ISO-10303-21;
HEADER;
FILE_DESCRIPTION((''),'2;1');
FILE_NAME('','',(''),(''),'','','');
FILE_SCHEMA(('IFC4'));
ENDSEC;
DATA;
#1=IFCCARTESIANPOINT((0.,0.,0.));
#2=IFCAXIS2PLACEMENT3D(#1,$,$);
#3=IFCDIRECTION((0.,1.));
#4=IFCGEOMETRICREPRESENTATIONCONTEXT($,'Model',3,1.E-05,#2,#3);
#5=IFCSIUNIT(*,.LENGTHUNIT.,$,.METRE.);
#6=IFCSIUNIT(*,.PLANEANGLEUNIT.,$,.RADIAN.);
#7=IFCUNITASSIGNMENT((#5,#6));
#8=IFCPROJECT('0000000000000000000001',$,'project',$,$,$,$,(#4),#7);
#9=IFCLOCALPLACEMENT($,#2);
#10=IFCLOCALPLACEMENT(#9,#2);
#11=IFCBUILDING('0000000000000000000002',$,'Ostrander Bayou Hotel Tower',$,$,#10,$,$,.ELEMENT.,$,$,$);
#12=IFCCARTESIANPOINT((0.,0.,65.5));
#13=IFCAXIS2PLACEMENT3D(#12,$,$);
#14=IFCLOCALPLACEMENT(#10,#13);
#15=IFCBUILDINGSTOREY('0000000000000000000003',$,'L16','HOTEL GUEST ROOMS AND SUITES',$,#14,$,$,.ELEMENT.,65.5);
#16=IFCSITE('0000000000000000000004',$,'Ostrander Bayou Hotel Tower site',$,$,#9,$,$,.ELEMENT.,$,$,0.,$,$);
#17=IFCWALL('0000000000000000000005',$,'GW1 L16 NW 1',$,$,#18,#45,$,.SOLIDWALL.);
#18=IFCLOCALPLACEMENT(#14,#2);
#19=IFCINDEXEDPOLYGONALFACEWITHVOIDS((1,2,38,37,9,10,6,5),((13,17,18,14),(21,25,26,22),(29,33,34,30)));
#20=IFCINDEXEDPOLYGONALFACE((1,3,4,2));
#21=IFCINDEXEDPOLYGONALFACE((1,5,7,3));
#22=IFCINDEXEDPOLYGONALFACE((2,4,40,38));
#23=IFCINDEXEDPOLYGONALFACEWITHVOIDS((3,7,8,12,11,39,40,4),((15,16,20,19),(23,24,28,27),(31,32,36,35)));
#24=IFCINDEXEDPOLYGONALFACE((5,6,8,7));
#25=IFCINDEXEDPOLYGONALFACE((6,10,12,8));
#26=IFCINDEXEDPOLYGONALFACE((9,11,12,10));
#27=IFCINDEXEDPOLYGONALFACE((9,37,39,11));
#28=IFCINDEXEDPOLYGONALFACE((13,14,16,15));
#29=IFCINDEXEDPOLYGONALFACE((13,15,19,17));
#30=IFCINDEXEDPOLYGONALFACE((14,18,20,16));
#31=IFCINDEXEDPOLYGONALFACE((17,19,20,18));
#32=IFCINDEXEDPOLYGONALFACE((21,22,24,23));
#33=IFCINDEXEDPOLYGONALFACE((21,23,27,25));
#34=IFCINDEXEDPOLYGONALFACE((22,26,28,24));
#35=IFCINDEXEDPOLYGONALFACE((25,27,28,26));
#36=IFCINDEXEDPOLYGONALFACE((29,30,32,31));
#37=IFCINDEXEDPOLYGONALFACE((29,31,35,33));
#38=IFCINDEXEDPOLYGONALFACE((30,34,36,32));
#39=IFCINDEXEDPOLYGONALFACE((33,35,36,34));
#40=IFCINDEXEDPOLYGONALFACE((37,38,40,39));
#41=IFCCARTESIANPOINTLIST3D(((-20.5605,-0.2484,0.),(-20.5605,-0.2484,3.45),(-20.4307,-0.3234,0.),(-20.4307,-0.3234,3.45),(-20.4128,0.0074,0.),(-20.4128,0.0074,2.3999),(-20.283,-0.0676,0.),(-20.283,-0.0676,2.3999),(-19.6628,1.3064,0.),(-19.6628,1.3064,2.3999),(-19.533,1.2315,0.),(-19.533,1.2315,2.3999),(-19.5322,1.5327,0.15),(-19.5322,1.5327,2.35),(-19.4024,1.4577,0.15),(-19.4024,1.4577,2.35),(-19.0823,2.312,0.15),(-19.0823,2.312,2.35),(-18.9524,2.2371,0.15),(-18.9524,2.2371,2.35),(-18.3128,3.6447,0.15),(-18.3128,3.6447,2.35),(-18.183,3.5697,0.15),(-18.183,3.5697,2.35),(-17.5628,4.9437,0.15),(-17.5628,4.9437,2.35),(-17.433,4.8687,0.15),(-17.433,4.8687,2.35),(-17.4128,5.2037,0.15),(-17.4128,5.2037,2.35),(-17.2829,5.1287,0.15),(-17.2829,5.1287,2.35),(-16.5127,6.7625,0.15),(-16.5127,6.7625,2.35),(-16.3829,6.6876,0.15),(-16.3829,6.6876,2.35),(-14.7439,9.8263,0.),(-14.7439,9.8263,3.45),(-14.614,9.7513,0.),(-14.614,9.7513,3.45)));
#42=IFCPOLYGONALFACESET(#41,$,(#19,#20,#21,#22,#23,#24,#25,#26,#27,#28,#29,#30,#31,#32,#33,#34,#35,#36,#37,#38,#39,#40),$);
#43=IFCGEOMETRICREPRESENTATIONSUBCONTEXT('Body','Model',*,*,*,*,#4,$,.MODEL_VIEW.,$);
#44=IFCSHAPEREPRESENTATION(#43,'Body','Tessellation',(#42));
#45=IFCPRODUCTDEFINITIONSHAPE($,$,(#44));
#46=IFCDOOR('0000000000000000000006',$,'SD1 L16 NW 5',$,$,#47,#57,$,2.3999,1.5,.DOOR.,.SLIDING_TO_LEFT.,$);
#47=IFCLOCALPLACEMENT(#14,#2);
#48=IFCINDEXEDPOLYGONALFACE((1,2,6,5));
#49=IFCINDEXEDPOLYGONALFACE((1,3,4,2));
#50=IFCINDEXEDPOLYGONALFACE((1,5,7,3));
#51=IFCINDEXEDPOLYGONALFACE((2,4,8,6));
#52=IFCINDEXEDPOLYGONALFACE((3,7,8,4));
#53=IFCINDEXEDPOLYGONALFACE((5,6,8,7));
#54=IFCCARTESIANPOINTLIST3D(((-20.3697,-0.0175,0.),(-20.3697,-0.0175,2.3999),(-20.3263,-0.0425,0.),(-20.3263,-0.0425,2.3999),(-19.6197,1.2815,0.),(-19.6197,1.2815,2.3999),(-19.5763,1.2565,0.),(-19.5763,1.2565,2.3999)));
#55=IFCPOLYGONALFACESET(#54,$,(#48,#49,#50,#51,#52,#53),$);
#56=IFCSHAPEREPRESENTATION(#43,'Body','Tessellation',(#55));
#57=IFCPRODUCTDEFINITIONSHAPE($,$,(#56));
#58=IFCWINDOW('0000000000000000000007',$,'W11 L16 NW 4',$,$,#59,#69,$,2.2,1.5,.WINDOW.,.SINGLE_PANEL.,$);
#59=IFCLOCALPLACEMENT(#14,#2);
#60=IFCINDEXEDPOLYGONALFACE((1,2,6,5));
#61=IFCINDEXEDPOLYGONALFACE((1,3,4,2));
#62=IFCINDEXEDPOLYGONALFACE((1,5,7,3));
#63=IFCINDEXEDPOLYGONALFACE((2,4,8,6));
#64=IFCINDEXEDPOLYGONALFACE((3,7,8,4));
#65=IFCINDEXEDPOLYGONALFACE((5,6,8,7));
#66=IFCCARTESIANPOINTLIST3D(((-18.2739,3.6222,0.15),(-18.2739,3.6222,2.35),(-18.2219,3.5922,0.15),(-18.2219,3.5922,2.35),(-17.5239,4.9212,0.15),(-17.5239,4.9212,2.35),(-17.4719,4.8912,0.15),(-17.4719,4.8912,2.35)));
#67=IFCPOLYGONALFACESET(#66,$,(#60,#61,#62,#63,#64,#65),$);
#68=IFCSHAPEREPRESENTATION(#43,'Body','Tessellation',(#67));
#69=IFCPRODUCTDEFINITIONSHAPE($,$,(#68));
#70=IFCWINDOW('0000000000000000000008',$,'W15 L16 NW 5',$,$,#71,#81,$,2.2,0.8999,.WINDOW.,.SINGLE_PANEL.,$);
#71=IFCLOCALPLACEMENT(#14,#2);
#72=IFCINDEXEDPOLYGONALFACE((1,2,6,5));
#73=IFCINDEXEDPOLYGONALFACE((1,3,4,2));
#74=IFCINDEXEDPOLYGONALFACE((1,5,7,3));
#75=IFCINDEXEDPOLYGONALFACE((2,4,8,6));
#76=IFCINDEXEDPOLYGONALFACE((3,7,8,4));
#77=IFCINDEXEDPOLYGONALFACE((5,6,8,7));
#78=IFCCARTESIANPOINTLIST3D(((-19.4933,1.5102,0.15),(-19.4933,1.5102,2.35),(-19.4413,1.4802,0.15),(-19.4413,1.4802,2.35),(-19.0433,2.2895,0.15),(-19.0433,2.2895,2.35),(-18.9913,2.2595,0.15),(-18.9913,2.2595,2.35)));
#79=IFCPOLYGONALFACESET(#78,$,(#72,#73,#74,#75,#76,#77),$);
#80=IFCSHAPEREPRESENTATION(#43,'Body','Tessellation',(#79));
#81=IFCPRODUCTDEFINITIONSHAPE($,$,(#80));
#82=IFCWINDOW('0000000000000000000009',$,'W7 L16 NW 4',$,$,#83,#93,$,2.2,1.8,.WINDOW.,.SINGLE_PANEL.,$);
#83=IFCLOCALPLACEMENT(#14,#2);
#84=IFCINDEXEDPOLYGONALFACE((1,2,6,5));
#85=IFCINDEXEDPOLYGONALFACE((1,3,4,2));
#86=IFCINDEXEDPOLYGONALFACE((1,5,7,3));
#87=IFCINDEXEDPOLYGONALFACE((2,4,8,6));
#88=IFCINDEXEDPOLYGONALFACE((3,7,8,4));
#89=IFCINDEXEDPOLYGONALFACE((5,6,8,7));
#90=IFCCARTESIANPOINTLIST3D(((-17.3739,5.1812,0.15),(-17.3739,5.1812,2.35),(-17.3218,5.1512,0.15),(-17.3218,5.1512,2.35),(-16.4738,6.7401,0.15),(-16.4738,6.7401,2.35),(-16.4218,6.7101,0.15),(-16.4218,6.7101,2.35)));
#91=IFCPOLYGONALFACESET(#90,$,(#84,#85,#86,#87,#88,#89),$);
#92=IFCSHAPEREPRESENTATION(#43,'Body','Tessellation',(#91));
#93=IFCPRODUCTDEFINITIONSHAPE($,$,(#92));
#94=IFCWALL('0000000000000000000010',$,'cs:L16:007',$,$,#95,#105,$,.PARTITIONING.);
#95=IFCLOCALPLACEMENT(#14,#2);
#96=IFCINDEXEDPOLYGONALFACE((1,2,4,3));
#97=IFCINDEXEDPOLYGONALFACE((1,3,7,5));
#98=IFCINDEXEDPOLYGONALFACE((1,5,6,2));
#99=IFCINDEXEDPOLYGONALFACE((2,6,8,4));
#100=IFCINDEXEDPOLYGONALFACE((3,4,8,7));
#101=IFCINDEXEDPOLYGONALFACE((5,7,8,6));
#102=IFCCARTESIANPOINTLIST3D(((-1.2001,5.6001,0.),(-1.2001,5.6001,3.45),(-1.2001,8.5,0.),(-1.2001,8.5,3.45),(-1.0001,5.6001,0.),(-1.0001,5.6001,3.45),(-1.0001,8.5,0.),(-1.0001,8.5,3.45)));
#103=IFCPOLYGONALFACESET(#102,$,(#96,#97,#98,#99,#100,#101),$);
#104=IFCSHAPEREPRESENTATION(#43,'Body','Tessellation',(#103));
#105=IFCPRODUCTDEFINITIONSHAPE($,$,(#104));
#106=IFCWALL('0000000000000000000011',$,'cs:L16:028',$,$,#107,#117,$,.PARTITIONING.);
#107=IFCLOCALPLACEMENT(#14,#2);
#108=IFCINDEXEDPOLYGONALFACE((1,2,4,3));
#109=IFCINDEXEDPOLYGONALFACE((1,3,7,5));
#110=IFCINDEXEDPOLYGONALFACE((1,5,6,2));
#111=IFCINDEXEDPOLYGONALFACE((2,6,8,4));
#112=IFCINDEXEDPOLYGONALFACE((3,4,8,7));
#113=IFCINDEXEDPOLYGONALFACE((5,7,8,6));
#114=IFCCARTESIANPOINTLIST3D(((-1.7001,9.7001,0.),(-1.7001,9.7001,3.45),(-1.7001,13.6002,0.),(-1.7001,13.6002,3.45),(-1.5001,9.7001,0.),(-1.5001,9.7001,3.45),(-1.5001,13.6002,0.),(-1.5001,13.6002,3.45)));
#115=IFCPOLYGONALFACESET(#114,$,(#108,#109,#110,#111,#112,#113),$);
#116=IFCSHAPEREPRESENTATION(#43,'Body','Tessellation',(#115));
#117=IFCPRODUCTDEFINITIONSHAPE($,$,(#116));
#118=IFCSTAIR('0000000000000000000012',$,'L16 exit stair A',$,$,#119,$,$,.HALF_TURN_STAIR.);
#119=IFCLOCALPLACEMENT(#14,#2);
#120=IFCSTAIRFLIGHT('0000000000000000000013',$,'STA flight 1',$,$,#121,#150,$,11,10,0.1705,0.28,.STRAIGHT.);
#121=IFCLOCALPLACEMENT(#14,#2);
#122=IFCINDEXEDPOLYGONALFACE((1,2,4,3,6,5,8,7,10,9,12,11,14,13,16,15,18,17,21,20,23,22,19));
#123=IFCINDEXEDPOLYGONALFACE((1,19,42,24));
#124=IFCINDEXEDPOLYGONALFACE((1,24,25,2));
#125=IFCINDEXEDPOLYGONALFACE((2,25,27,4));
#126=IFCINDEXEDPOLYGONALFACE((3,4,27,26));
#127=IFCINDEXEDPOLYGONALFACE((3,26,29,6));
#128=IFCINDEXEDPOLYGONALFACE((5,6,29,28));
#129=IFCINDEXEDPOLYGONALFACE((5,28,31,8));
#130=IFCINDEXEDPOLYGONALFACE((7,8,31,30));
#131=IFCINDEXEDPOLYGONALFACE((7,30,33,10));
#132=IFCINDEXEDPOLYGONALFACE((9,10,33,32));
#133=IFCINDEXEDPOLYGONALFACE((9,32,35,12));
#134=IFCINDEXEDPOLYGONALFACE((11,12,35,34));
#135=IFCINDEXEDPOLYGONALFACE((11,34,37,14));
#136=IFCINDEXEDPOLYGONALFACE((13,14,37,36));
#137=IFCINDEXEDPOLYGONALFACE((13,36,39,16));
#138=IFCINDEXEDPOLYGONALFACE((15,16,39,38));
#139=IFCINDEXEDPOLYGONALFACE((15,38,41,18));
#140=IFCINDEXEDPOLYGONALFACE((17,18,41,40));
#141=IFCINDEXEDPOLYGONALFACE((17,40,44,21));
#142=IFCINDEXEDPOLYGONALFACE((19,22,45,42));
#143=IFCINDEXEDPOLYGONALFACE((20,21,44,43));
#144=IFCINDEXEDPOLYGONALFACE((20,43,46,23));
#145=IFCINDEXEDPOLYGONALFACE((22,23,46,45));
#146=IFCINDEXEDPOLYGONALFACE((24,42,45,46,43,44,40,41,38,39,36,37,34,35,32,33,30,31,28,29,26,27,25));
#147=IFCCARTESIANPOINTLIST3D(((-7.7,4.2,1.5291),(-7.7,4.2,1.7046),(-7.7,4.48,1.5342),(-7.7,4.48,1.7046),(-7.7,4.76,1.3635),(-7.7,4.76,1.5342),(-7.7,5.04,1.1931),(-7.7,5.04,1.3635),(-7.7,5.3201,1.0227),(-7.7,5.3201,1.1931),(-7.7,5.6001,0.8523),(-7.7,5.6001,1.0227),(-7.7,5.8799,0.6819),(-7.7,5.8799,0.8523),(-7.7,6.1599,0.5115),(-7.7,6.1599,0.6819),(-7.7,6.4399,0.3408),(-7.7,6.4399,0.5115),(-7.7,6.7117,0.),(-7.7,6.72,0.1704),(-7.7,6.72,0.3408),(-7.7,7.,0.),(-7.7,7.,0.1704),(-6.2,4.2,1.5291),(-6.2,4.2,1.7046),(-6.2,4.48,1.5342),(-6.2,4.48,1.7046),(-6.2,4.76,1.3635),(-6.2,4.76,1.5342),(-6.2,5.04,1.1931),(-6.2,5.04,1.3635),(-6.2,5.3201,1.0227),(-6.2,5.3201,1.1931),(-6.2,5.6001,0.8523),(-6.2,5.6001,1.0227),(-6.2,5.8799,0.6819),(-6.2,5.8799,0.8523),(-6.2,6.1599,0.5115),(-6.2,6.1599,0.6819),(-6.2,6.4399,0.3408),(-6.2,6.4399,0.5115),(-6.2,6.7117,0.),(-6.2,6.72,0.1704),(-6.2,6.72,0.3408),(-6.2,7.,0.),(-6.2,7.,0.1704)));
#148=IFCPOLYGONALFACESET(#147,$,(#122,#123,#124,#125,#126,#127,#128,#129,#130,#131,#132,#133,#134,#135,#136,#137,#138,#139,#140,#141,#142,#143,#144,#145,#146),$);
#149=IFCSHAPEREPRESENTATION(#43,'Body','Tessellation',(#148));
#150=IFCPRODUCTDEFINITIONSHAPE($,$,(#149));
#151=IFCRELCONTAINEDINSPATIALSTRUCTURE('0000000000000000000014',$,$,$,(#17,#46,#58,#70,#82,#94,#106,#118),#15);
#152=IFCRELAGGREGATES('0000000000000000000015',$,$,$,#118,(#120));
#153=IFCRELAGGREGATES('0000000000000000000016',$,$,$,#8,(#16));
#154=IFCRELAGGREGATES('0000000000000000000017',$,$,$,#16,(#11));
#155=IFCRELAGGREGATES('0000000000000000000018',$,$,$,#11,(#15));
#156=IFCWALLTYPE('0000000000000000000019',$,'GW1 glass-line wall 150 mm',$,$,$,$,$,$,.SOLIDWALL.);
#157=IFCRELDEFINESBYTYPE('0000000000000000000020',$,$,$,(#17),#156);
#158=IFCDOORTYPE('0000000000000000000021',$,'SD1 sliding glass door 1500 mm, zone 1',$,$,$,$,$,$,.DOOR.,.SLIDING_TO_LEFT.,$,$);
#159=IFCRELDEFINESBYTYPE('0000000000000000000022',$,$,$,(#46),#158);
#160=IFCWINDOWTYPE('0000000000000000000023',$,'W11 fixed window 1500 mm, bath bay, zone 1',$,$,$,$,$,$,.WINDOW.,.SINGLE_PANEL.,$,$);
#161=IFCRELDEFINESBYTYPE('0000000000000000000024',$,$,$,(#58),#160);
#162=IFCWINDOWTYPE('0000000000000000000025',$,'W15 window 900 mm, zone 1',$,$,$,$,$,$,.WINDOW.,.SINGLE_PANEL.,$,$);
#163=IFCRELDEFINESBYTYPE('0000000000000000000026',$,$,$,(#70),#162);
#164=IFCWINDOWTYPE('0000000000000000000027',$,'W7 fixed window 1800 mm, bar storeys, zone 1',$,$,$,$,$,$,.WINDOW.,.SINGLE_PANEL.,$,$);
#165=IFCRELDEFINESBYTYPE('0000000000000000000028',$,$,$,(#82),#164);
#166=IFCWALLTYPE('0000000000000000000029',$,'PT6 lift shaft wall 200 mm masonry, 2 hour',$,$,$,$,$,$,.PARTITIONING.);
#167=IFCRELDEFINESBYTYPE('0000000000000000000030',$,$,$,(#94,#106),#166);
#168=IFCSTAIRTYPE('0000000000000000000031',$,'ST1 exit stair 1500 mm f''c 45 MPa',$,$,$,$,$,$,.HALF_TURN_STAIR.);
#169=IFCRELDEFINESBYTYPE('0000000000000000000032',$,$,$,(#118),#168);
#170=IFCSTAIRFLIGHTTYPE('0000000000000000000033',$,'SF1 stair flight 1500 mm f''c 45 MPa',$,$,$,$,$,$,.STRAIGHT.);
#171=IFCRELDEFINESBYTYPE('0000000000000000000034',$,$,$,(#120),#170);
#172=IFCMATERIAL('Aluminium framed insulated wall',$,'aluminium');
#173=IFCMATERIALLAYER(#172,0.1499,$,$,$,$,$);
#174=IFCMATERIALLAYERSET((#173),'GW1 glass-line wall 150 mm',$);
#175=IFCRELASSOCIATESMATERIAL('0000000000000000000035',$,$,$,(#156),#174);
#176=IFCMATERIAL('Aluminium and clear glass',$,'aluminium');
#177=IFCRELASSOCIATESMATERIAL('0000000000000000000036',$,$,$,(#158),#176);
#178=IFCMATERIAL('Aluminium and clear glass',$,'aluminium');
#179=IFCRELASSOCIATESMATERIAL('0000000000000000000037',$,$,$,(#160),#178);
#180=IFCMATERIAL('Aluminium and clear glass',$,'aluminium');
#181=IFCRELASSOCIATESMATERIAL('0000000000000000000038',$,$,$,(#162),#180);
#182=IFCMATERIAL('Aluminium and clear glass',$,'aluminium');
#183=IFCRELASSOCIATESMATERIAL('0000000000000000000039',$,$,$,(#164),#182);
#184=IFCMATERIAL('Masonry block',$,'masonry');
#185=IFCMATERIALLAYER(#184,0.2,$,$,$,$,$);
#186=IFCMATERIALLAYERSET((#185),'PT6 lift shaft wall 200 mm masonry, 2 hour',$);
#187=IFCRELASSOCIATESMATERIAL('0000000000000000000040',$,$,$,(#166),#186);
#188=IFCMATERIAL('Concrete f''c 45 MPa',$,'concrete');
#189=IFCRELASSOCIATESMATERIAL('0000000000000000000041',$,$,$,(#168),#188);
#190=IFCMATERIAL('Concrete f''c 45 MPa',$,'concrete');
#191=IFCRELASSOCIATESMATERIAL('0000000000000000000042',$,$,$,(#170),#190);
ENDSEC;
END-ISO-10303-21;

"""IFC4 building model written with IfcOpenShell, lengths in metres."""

from ifc_helpers import new_model, si_unit, direction, frame, frame_2d, origin, place, context, subcontext, project, spatial, polyline, rectangle, outline, extrude, material, layer, layer_set, type_object, element, fill, aggregate, save


model = new_model("IFC4")

# Units and contexts
model_context = context("Model", 3, precision=1e-05, world=origin(), true_north=direction((0.0, 1.0)))
body_context = subcontext(model_context, "Body", "Model", "MODEL_VIEW")
ifc_project = project(units=[si_unit("LENGTHUNIT", "METRE"), si_unit("PLANEANGLEUNIT", "RADIAN")], contexts=[model_context])

# Site, building, storey
site_placement = place(None, origin())
site = spatial("IfcSite", under=ifc_project, at=site_placement, Name="Ostrander Bayou Hotel Tower site", CompositionType="ELEMENT", RefElevation=0.0)
building_placement = place(site_placement, origin())
building = spatial("IfcBuilding", under=site, at=building_placement, Name="Ostrander Bayou Hotel Tower", CompositionType="ELEMENT")
storey_placement = place(building_placement, frame((0.0, 0.0, 65.5)))
storey = spatial("IfcBuildingStorey", under=building, at=storey_placement, Name="L16", Description="HOTEL GUEST ROOMS AND SUITES", CompositionType="ELEMENT", Elevation=65.5)

# Wall, openings, door, windows
ifc_material_1 = material(Name="Aluminium framed insulated wall", Category="aluminium")
ifc_layer_1 = layer(ifc_material_1, 0.1499)
ifc_layer_set_1 = layer_set([ifc_layer_1], Name="GW1 glass-line wall 150 mm")
wall_type_1 = type_object("IfcWallType", Name="GW1 glass-line wall 150 mm", PredefinedType="SOLIDWALL", material=ifc_layer_set_1)
wall_1_placement = place(storey_placement, frame((-14.679, 9.7888, 0.0), z_axis=(0.0, 0.0, 1.0), x_axis=(-0.500001, -0.866025, 0.0)))
wall_1 = element("IfcWall", 1, at=wall_1_placement, inside=storey, type_object=wall_type_1, Name="GW1 L16 NW 1", PredefinedType="SOLIDWALL", context=body_context, shape_type="SweptSolid", body=[
    extrude(rectangle(XDim=11.6333, YDim=0.1499, at=frame_2d((5.8167, 0.0))), origin(), (0.0, 0.0, 1.0), 3.45),
])
opening_1_placement = place(wall_1_placement, frame((3.5378, 0.0, 0.1499)))
opening_1 = element("IfcOpeningElement", 2, at=opening_1_placement, cuts=wall_1, PredefinedType="OPENING", context=body_context, shape_type="SweptSolid", body=[
    extrude(rectangle(XDim=1.8, YDim=2.2, at=frame_2d((0.8999, 1.1001))), frame((0.0, 0.075, 0.0), z_axis=(0.0, -1.0, 0.0), x_axis=(1.0, 0.0, 0.0)), (0.0, 0.0, 1.0), 0.1499),
])
opening_2_placement = place(wall_1_placement, frame((5.6379, 0.0, 0.1499)))
opening_2 = element("IfcOpeningElement", 3, at=opening_2_placement, cuts=wall_1, PredefinedType="OPENING", context=body_context, shape_type="SweptSolid", body=[
    extrude(rectangle(XDim=1.5, YDim=2.2, at=frame_2d((0.75, 1.1001))), frame((0.0, 0.075, 0.0), z_axis=(0.0, -1.0, 0.0), x_axis=(1.0, 0.0, 0.0)), (0.0, 0.0, 1.0), 0.1499),
])
opening_3_placement = place(wall_1_placement, frame((8.6768, 0.0, 0.1499)))
opening_3 = element("IfcOpeningElement", 4, at=opening_3_placement, cuts=wall_1, PredefinedType="OPENING", context=body_context, shape_type="SweptSolid", body=[
    extrude(rectangle(XDim=0.8999, YDim=2.2, at=frame_2d((0.45, 1.1001))), frame((0.0, 0.075, 0.0), z_axis=(0.0, -1.0, 0.0), x_axis=(1.0, 0.0, 0.0)), (0.0, 0.0, 1.0), 0.1499),
])
opening_4_placement = place(wall_1_placement, frame((9.8379, 0.0, 0.0)))
opening_4 = element("IfcOpeningElement", 5, at=opening_4_placement, cuts=wall_1, PredefinedType="OPENING", context=body_context, shape_type="SweptSolid", body=[
    extrude(rectangle(XDim=1.5, YDim=2.3999, at=frame_2d((0.75, 1.2))), frame((0.0, 0.075, 0.0), z_axis=(0.0, -1.0, 0.0), x_axis=(1.0, 0.0, 0.0)), (0.0, 0.0, 1.0), 0.1499),
])
ifc_material_2 = material(Name="Aluminium and clear glass", Category="aluminium")
door_type_1 = type_object("IfcDoorType", Name="SD1 sliding glass door 1500 mm, zone 1", OperationType="SLIDING_TO_LEFT", PredefinedType="DOOR", material=ifc_material_2)
door_1_placement = place(opening_4_placement, origin())
door_1 = element("IfcDoor", 6, at=door_1_placement, inside=storey, type_object=door_type_1, Name="SD1 L16 NW 5", OperationType="SLIDING_TO_LEFT", OverallHeight=2.3999, OverallWidth=1.5, PredefinedType="DOOR", context=body_context, shape_type="SweptSolid", body=[
    extrude(rectangle(XDim=1.5, YDim=2.3999, at=frame_2d((0.75, 1.2))), frame((0.0, 0.0249, 0.0), z_axis=(0.0, -1.0, 0.0), x_axis=(1.0, 0.0, 0.0)), (0.0, 0.0, 1.0), 0.05),
])
fill(opening_4, door_1)
ifc_material_3 = material(Name="Aluminium and clear glass", Category="aluminium")
window_type_1 = type_object("IfcWindowType", Name="W11 fixed window 1500 mm, bath bay, zone 1", PartitioningType="SINGLE_PANEL", PredefinedType="WINDOW", material=ifc_material_3)
window_1_placement = place(opening_2_placement, origin())
window_1 = element("IfcWindow", 7, at=window_1_placement, inside=storey, type_object=window_type_1, Name="W11 L16 NW 4", OverallHeight=2.2, OverallWidth=1.5, PartitioningType="SINGLE_PANEL", PredefinedType="WINDOW", context=body_context, shape_type="SweptSolid", body=[
    extrude(rectangle(XDim=1.5, YDim=2.2, at=frame_2d((0.75, 1.1001))), frame((0.0, 0.03, 0.0), z_axis=(0.0, -1.0, 0.0), x_axis=(1.0, 0.0, 0.0)), (0.0, 0.0, 1.0), 0.0601),
])
fill(opening_2, window_1)
ifc_material_4 = material(Name="Aluminium and clear glass", Category="aluminium")
window_type_2 = type_object("IfcWindowType", Name="W15 window 900 mm, zone 1", PartitioningType="SINGLE_PANEL", PredefinedType="WINDOW", material=ifc_material_4)
window_2_placement = place(opening_3_placement, origin())
window_2 = element("IfcWindow", 8, at=window_2_placement, inside=storey, type_object=window_type_2, Name="W15 L16 NW 5", OverallHeight=2.2, OverallWidth=0.8999, PartitioningType="SINGLE_PANEL", PredefinedType="WINDOW", context=body_context, shape_type="SweptSolid", body=[
    extrude(rectangle(XDim=0.8999, YDim=2.2, at=frame_2d((0.45, 1.1001))), frame((0.0, 0.03, 0.0), z_axis=(0.0, -1.0, 0.0), x_axis=(1.0, 0.0, 0.0)), (0.0, 0.0, 1.0), 0.0601),
])
fill(opening_3, window_2)
ifc_material_5 = material(Name="Aluminium and clear glass", Category="aluminium")
window_type_3 = type_object("IfcWindowType", Name="W7 fixed window 1800 mm, bar storeys, zone 1", PartitioningType="SINGLE_PANEL", PredefinedType="WINDOW", material=ifc_material_5)
window_3_placement = place(opening_1_placement, origin())
window_3 = element("IfcWindow", 9, at=window_3_placement, inside=storey, type_object=window_type_3, Name="W7 L16 NW 4", OverallHeight=2.2, OverallWidth=1.8, PartitioningType="SINGLE_PANEL", PredefinedType="WINDOW", context=body_context, shape_type="SweptSolid", body=[
    extrude(rectangle(XDim=1.8, YDim=2.2, at=frame_2d((0.8999, 1.1001))), frame((0.0, 0.03, 0.0), z_axis=(0.0, -1.0, 0.0), x_axis=(1.0, 0.0, 0.0)), (0.0, 0.0, 1.0), 0.0601),
])
fill(opening_1, window_3)

# Walls
ifc_material_6 = material(Name="Masonry block", Category="masonry")
ifc_layer_2 = layer(ifc_material_6, 0.2)
ifc_layer_set_2 = layer_set([ifc_layer_2], Name="PT6 lift shaft wall 200 mm masonry, 2 hour")
wall_type_2 = type_object("IfcWallType", Name="PT6 lift shaft wall 200 mm masonry, 2 hour", PredefinedType="PARTITIONING", material=ifc_layer_set_2)
wall_2_placement = place(storey_placement, frame((-1.1001, 5.6001, 0.0), z_axis=(0.0, 0.0, 1.0), x_axis=(0.0, 1.0, 0.0)))
element("IfcWall", 10, at=wall_2_placement, inside=storey, type_object=wall_type_2, Name="cs:L16:007", PredefinedType="PARTITIONING", context=body_context, shape_type="SweptSolid", body=[
    extrude(rectangle(XDim=2.8999, YDim=0.2, at=frame_2d((1.45, 0.0))), origin(), (0.0, 0.0, 1.0), 3.45),
])
wall_3_placement = place(storey_placement, frame((-1.6001, 9.7, 0.0), z_axis=(0.0, 0.0, 1.0), x_axis=(0.0, 1.0, 0.0)))
element("IfcWall", 11, at=wall_3_placement, inside=storey, type_object=wall_type_2, Name="cs:L16:028", PredefinedType="PARTITIONING", context=body_context, shape_type="SweptSolid", body=[
    extrude(rectangle(XDim=3.9001, YDim=0.2, at=frame_2d((1.9502, 0.0))), origin(), (0.0, 0.0, 1.0), 3.45),
])

# Stair, stair flight
ifc_material_7 = material(Name="Concrete f'c 45 MPa", Category="concrete")
stair_type = type_object("IfcStairType", Name="ST1 exit stair 1500 mm f'c 45 MPa", PredefinedType="HALF_TURN_STAIR", material=ifc_material_7)
stair_placement = place(storey_placement, origin())
stair = element("IfcStair", 12, at=stair_placement, inside=storey, type_object=stair_type, Name="L16 exit stair A", PredefinedType="HALF_TURN_STAIR")
ifc_material_8 = material(Name="Concrete f'c 45 MPa", Category="concrete")
stair_flight_type = type_object("IfcStairFlightType", Name="SF1 stair flight 1500 mm f'c 45 MPa", PredefinedType="STRAIGHT", material=ifc_material_8)
stair_flight_placement = place(storey_placement, frame((-6.95, 7.0, 0.0), z_axis=(0.0, 0.0, 1.0), x_axis=(0.0, -1.0, 0.0)))
stair_flight = element("IfcStairFlight", 13, at=stair_flight_placement, type_object=stair_flight_type, Name="STA flight 1", NumberOfRisers=11, NumberOfTreads=10, PredefinedType="STRAIGHT", RiserHeight=0.1705, TreadLength=0.28, context=body_context, shape_type="SweptSolid", body=[
    extrude(outline(polyline([(0.0, 0.0), (0.0, 0.1704), (0.28, 0.1704), (0.28, 0.3408), (0.5601, 0.3408), (0.5601, 0.5115), (0.8401, 0.5115), (0.8401, 0.6819), (1.1201, 0.6819), (1.1201, 0.8523), (1.3999, 0.8523), (1.3999, 1.0227), (1.6799, 1.0227), (1.6799, 1.1931), (1.96, 1.1931), (1.96, 1.3635), (2.24, 1.3635), (2.24, 1.5342), (2.52, 1.5342), (2.52, 1.7046), (2.8, 1.7046), (2.8, 1.875), (2.8, 1.5291), (0.2883, 0.0), (0.0, 0.0)])), frame((0.0, 0.75, 0.0), z_axis=(0.0, -1.0, 0.0), x_axis=(1.0, 0.0, 0.0)), (0.0, 0.0, 1.0), 1.5),
])
aggregate(stair, [stair_flight])

save(model, "model.ifc")
